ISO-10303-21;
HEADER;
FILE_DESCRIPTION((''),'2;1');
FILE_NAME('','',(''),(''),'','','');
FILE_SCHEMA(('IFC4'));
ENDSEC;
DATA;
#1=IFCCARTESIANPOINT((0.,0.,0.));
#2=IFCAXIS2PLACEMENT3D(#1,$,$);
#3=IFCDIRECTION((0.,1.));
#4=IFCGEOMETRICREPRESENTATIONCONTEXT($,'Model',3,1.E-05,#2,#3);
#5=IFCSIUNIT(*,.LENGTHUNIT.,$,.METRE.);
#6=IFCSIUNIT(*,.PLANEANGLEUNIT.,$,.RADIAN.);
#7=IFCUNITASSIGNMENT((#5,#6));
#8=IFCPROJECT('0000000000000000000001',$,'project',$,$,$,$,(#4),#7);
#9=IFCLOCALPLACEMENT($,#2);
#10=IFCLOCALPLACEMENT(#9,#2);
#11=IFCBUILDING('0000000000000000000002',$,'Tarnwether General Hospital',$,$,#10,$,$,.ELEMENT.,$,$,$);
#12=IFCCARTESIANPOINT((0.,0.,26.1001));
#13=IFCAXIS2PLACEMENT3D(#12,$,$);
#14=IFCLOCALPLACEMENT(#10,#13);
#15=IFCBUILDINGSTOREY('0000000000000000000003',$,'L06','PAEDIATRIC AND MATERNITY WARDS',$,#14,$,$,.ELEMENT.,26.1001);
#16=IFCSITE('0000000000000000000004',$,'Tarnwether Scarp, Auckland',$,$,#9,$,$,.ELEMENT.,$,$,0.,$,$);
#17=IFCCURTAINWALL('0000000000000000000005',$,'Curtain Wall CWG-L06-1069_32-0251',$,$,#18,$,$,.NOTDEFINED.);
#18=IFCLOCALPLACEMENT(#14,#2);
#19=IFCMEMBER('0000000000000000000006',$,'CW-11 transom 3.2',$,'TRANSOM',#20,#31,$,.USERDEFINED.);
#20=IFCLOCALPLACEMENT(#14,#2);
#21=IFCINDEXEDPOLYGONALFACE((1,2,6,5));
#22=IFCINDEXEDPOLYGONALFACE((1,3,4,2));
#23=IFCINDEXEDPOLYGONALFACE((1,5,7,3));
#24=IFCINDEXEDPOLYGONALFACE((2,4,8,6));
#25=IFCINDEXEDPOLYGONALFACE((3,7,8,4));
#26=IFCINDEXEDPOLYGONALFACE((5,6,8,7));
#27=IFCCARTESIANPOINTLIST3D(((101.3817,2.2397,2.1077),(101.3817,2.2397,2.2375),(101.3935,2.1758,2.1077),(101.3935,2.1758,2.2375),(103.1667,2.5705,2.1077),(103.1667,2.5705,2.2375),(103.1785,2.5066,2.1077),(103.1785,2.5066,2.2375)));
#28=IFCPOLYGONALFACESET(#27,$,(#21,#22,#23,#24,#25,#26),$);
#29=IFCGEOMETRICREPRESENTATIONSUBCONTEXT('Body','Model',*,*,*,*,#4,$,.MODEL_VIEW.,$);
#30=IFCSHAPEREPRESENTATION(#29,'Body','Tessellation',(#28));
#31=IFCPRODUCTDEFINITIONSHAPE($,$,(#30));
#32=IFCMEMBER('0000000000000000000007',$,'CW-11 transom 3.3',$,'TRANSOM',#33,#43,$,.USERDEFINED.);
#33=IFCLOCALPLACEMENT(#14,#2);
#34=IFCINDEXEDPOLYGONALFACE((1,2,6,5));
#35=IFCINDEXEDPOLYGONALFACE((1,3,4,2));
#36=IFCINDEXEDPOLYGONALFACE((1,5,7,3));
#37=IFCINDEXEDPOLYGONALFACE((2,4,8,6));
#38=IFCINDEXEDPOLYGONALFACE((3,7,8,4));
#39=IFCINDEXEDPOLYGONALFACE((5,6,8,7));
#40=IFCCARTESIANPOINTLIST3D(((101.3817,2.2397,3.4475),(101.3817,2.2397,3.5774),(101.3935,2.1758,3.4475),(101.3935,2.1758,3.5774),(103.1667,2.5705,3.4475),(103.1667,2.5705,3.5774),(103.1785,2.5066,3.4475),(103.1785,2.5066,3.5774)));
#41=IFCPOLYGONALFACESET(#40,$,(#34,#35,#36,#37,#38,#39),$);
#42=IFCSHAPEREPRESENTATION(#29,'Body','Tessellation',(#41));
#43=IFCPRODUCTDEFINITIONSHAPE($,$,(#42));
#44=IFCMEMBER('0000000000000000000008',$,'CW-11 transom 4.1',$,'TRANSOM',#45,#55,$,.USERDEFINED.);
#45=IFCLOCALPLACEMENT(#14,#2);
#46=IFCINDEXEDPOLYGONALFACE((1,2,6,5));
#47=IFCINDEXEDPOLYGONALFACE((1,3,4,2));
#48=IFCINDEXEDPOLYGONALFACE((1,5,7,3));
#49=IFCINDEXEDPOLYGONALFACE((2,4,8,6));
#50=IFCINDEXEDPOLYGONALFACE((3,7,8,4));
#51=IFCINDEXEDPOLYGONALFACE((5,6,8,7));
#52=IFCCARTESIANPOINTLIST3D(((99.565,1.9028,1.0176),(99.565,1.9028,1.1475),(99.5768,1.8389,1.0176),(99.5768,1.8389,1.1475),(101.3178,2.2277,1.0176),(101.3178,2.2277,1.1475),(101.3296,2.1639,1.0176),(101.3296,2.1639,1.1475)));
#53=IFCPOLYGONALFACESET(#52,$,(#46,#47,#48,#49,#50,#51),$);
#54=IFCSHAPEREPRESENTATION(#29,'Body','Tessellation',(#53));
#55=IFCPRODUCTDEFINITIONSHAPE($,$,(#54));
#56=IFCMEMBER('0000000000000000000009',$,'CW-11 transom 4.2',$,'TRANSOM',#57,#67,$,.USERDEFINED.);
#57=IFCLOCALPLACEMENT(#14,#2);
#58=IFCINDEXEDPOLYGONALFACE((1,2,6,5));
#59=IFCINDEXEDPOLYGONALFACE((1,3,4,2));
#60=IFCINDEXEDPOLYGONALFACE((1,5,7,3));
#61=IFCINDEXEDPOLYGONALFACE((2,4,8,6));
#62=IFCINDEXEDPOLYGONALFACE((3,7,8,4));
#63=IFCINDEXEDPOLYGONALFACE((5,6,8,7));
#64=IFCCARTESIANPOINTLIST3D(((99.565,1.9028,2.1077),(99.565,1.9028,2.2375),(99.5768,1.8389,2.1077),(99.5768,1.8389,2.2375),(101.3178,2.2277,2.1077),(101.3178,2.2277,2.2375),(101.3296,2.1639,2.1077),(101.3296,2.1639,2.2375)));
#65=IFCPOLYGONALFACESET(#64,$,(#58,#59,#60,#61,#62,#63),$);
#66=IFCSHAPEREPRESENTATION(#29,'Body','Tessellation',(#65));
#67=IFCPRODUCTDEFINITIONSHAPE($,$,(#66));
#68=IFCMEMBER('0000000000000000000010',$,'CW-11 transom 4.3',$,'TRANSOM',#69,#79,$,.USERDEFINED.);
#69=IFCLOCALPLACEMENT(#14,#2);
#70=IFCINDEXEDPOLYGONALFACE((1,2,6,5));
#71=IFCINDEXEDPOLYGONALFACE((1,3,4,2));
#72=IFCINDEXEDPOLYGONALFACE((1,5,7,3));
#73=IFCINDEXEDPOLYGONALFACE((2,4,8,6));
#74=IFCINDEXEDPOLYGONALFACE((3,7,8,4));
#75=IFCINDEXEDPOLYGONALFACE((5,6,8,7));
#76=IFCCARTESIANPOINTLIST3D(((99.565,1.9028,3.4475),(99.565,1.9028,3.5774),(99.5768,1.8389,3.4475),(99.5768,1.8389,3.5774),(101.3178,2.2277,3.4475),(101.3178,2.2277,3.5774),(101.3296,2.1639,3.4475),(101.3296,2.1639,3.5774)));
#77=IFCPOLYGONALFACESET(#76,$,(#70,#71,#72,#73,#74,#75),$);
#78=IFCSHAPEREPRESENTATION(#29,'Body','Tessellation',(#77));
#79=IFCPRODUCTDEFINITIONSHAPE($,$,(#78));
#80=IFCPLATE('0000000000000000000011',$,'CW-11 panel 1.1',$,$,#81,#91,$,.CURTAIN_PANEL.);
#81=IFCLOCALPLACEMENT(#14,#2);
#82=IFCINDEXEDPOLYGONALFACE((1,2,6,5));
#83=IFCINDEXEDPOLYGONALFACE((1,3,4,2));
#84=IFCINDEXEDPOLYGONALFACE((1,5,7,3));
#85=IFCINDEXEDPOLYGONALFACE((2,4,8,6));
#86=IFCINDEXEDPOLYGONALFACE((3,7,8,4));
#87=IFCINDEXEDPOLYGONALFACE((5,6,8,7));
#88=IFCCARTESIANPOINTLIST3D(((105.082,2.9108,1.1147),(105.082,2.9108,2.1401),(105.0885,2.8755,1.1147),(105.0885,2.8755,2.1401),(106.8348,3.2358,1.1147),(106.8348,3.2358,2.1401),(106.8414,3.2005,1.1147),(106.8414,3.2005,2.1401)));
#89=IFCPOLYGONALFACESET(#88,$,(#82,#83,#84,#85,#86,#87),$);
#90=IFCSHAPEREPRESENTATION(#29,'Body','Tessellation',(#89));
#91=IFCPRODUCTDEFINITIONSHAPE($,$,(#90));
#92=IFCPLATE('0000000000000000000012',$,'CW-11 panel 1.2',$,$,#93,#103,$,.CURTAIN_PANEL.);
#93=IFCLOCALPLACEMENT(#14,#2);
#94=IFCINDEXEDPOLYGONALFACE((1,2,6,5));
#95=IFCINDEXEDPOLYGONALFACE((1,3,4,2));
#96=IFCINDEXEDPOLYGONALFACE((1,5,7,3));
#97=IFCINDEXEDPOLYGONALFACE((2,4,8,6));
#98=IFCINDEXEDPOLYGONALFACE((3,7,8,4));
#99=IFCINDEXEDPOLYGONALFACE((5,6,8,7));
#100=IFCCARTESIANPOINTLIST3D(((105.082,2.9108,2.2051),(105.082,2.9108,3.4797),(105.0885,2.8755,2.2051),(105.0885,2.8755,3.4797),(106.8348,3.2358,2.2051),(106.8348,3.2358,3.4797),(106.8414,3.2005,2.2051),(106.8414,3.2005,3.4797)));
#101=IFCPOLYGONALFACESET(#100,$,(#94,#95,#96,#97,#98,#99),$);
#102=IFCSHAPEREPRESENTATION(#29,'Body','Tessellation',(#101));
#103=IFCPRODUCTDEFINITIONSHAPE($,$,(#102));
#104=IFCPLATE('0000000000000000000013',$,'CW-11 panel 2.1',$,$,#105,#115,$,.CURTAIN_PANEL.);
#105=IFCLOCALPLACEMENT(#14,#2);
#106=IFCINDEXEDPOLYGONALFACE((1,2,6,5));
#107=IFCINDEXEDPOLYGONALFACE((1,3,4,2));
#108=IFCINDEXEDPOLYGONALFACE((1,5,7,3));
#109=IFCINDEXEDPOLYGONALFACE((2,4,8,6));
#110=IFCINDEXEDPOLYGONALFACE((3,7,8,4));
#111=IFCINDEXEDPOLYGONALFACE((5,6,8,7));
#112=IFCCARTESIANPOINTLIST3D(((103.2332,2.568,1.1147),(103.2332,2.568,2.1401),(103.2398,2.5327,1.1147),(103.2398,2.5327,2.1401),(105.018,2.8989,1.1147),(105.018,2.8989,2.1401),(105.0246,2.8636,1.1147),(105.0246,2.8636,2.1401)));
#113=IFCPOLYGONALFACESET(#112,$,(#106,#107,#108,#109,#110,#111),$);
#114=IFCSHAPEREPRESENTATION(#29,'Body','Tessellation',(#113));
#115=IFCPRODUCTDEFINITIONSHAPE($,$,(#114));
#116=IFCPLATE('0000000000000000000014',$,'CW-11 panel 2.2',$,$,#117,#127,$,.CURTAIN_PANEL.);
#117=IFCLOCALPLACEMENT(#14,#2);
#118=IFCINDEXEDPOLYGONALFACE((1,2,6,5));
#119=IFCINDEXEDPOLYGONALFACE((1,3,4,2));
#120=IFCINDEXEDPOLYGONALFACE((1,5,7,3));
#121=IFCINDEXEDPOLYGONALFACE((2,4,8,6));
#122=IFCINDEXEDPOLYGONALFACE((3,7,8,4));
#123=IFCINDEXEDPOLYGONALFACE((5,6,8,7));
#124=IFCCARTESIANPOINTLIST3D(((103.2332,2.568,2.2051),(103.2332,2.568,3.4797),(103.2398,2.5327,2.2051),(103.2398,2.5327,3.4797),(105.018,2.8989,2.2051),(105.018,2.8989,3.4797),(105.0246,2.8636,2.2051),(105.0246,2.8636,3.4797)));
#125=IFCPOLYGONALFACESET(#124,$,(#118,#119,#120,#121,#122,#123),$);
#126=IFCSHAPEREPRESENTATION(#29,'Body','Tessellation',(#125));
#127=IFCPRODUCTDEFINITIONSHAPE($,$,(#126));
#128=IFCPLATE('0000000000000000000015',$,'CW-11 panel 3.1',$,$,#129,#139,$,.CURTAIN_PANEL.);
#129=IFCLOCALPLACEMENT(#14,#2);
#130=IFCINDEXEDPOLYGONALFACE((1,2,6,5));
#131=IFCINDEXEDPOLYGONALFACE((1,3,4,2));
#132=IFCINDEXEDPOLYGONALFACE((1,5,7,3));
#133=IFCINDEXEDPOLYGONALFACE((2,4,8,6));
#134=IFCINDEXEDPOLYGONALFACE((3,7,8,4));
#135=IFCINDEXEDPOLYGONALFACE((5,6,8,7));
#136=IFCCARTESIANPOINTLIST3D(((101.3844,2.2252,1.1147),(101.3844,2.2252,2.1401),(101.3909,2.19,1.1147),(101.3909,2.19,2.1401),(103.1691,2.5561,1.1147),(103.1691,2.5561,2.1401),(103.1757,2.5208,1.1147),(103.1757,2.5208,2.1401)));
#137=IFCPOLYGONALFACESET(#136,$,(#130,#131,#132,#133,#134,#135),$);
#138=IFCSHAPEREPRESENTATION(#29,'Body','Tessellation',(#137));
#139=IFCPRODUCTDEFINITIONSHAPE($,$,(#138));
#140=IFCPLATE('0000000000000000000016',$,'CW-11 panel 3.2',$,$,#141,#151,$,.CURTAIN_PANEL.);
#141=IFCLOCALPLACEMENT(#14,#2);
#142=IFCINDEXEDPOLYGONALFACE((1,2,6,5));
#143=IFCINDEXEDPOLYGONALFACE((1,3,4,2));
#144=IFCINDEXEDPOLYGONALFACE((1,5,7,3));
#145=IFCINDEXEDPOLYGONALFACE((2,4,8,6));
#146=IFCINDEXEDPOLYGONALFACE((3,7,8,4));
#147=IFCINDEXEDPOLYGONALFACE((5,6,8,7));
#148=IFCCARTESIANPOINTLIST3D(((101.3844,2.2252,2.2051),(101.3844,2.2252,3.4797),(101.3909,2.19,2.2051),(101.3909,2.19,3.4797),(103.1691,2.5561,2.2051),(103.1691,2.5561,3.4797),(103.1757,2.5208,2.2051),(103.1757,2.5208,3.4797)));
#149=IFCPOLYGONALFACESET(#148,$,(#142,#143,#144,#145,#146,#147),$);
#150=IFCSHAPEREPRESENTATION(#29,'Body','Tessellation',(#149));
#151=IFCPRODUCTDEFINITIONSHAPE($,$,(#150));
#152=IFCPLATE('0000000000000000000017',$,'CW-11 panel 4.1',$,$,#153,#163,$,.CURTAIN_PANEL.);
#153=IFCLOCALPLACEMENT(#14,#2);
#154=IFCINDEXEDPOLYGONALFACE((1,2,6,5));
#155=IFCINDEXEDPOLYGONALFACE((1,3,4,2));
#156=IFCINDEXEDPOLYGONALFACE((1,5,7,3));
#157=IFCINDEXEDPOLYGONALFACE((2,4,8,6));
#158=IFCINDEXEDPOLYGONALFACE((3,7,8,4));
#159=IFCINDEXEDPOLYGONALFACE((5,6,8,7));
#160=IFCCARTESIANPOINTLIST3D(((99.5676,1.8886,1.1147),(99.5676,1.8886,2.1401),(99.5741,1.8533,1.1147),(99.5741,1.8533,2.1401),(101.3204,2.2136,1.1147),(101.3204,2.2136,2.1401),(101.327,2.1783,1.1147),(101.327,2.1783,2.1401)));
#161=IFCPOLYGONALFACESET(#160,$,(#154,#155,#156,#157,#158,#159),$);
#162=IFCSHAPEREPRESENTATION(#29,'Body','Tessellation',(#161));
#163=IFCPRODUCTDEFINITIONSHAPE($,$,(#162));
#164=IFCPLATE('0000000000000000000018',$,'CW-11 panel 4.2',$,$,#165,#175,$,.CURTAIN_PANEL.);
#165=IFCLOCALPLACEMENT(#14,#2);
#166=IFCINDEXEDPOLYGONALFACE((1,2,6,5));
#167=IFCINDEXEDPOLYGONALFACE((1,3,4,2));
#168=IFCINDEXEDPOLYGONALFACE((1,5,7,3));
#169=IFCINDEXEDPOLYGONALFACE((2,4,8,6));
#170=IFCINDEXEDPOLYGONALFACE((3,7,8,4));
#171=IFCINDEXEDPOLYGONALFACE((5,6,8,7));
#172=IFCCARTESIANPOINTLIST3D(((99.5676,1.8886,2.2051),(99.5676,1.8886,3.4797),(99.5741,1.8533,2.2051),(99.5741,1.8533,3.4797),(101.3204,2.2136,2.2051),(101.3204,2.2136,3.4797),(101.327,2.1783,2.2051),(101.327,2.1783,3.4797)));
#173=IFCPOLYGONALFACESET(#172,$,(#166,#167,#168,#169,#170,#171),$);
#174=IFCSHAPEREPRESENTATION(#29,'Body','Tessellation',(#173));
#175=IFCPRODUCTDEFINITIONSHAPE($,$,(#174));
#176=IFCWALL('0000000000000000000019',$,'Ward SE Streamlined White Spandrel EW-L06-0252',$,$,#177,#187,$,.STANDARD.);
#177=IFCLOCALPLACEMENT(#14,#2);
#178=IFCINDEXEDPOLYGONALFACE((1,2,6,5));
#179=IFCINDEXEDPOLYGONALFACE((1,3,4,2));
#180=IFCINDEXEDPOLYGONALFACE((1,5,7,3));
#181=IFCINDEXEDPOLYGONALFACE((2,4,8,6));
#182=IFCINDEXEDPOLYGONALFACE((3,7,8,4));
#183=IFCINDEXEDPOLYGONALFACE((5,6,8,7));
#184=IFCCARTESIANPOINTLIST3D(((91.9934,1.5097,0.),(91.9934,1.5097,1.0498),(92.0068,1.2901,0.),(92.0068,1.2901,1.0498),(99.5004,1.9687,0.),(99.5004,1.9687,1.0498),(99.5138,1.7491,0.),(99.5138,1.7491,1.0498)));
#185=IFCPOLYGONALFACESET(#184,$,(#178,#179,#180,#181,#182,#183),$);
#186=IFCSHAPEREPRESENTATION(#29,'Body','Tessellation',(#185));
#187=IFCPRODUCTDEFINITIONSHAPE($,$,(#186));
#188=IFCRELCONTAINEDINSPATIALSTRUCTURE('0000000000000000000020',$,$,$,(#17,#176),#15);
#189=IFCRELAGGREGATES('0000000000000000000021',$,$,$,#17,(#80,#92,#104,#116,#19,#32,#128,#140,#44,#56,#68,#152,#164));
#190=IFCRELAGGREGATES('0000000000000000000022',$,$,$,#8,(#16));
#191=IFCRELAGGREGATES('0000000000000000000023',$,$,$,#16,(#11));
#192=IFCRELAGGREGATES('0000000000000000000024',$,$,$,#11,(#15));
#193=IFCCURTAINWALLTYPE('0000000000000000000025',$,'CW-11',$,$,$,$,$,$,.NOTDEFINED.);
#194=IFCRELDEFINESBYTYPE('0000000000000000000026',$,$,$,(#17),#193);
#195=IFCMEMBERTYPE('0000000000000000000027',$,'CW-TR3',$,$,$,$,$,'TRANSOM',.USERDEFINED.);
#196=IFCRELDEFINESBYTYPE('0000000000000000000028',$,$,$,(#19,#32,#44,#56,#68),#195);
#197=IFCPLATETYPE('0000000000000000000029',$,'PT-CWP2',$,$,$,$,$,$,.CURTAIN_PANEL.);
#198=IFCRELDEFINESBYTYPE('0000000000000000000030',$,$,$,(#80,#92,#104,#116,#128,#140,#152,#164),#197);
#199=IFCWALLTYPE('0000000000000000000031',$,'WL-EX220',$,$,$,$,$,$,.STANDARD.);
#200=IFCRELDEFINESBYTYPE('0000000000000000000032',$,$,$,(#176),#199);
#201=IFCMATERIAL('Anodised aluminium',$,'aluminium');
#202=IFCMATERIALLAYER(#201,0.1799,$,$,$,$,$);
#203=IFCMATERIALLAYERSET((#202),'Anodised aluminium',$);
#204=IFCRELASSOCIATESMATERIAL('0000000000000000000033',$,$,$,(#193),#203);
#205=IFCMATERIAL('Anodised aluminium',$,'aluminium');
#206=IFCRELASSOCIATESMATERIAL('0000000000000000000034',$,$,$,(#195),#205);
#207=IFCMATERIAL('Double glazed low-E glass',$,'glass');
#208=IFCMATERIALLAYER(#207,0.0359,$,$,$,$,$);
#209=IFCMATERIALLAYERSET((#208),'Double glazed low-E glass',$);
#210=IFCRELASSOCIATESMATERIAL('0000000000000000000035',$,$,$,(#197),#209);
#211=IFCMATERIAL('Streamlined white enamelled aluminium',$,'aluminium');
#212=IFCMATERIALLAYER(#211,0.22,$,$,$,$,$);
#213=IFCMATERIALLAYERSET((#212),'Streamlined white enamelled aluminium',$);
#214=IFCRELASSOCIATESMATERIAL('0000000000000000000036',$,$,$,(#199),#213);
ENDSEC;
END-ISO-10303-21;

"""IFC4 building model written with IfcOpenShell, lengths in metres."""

from ifc_helpers import new_model, si_unit, direction, frame, frame_2d, origin, origin_2d, place, context, subcontext, project, spatial, rectangle, extrude, material, layer, layer_set, material_profile, profile_set, type_object, element, aggregate, save


model = new_model("IFC4")

# Units and contexts
model_context = context("Model", 3, precision=1e-05, world=origin(), true_north=direction((0.0, 1.0)))
body_context = subcontext(model_context, "Body", "Model", "MODEL_VIEW")
ifc_project = project(units=[si_unit("LENGTHUNIT", "METRE"), si_unit("PLANEANGLEUNIT", "RADIAN")], contexts=[model_context])

# Site, building, storey
site_placement = place(None, origin())
site = spatial("IfcSite", under=ifc_project, at=site_placement, Name="Tarnwether Scarp, Auckland", CompositionType="ELEMENT", RefElevation=0.0)
building_placement = place(site_placement, origin())
building = spatial("IfcBuilding", under=site, at=building_placement, Name="Tarnwether General Hospital", CompositionType="ELEMENT")
storey_placement = place(building_placement, frame((0.0, 0.0, 26.1001)))
storey = spatial("IfcBuildingStorey", under=building, at=storey_placement, Name="L06", Description="PAEDIATRIC AND MATERNITY WARDS", CompositionType="ELEMENT", Elevation=26.1001)

# Shared definitions
ifc_material_1 = material(Name="Anodised aluminium", Category="aluminium")
ifc_layer_1 = layer(ifc_material_1, 0.1799)
ifc_layer_set_1 = layer_set([ifc_layer_1], Name="Anodised aluminium")
curtain_wall_type = type_object("IfcCurtainWallType", Name="CW-11", PredefinedType="NOTDEFINED", material=ifc_layer_set_1)

# Curtain wall
curtain_wall_1_placement = place(storey_placement, origin())
curtain_wall_1 = element("IfcCurtainWall", 1, at=curtain_wall_1_placement, inside=storey, type_object=curtain_wall_type, Name="Curtain Wall CWG-L06-1069_32-0251", PredefinedType="NOTDEFINED")

# Members
ifc_material_2 = material(Name="Anodised aluminium", Category="aluminium")
ifc_material_profile_1 = material_profile(ifc_material_2, rectangle(XDim=0.0649, YDim=0.1299, at=origin_2d()), Name="ALU-TRN-65x130")
ifc_profile_set_1 = profile_set([ifc_material_profile_1], Name="Anodised aluminium")
member_type_1 = type_object("IfcMemberType", Name="CW-TR3", ElementType="TRANSOM", PredefinedType="USERDEFINED", material=ifc_profile_set_1)
member_1_placement = place(storey_placement, frame((103.1726, 2.5386, 2.1726), z_axis=(-0.983255, -0.182234, 0.0), x_axis=(0.182234, -0.983255, 0.0)))
member_1 = element("IfcMember", 2, at=member_1_placement, type_object=member_type_1, Name="CW-11 transom 3.2", ObjectType="TRANSOM", PredefinedType="USERDEFINED", context=body_context, shape_type="SweptSolid", body=[
    extrude(rectangle(XDim=0.0649, YDim=0.1299, at=origin_2d()), origin(), (0.0, 0.0, 1.0), 1.8154),
])
member_2_placement = place(storey_placement, frame((103.1726, 2.5386, 3.5125), z_axis=(-0.983255, -0.182234, 0.0), x_axis=(0.182234, -0.983255, 0.0)))
member_2 = element("IfcMember", 3, at=member_2_placement, type_object=member_type_1, Name="CW-11 transom 3.3", ObjectType="TRANSOM", PredefinedType="USERDEFINED", context=body_context, shape_type="SweptSolid", body=[
    extrude(rectangle(XDim=0.0649, YDim=0.1299, at=origin_2d()), origin(), (0.0, 0.0, 1.0), 1.8154),
])
member_3_placement = place(storey_placement, frame((101.3237, 2.1958, 1.0825), z_axis=(-0.983248, -0.182271, 0.0), x_axis=(0.182271, -0.983248, 0.0)))
member_3 = element("IfcMember", 4, at=member_3_placement, type_object=member_type_1, Name="CW-11 transom 4.1", ObjectType="TRANSOM", PredefinedType="USERDEFINED", context=body_context, shape_type="SweptSolid", body=[
    extrude(rectangle(XDim=0.0649, YDim=0.1299, at=origin_2d()), origin(), (0.0, 0.0, 1.0), 1.7827),
])
member_4_placement = place(storey_placement, frame((101.3237, 2.1958, 2.1726), z_axis=(-0.983248, -0.182271, 0.0), x_axis=(0.182271, -0.983248, 0.0)))
member_4 = element("IfcMember", 5, at=member_4_placement, type_object=member_type_1, Name="CW-11 transom 4.2", ObjectType="TRANSOM", PredefinedType="USERDEFINED", context=body_context, shape_type="SweptSolid", body=[
    extrude(rectangle(XDim=0.0649, YDim=0.1299, at=origin_2d()), origin(), (0.0, 0.0, 1.0), 1.7827),
])
member_5_placement = place(storey_placement, frame((101.3237, 2.1958, 3.5125), z_axis=(-0.983248, -0.182271, 0.0), x_axis=(0.182271, -0.983248, 0.0)))
member_5 = element("IfcMember", 6, at=member_5_placement, type_object=member_type_1, Name="CW-11 transom 4.3", ObjectType="TRANSOM", PredefinedType="USERDEFINED", context=body_context, shape_type="SweptSolid", body=[
    extrude(rectangle(XDim=0.0649, YDim=0.1299, at=origin_2d()), origin(), (0.0, 0.0, 1.0), 1.7827),
])

# Plates
ifc_material_3 = material(Name="Double glazed low-E glass", Category="glass")
ifc_layer_2 = layer(ifc_material_3, 0.0359)
ifc_layer_set_2 = layer_set([ifc_layer_2], Name="Double glazed low-E glass")
plate_type = type_object("IfcPlateType", Name="PT-CWP2", PredefinedType="CURTAIN_PANEL", material=ifc_layer_set_2)
plate_1_placement = place(storey_placement, frame((105.9617, 3.0557, 1.1147), z_axis=(0.0, 0.0, 1.0), x_axis=(-0.983245, -0.182289, 0.0)))
plate_1 = element("IfcPlate", 7, at=plate_1_placement, type_object=plate_type, Name="CW-11 panel 1.1", PredefinedType="CURTAIN_PANEL", context=body_context, shape_type="SweptSolid", body=[
    extrude(rectangle(XDim=1.7827, YDim=0.0359, at=origin_2d()), origin(), (0.0, 0.0, 1.0), 1.0254),
])
plate_2_placement = place(storey_placement, frame((105.9617, 3.0557, 2.2051), z_axis=(0.0, 0.0, 1.0), x_axis=(-0.983245, -0.182289, 0.0)))
plate_2 = element("IfcPlate", 8, at=plate_2_placement, type_object=plate_type, Name="CW-11 panel 1.2", PredefinedType="CURTAIN_PANEL", context=body_context, shape_type="SweptSolid", body=[
    extrude(rectangle(XDim=1.7827, YDim=0.0359, at=origin_2d()), origin(), (0.0, 0.0, 1.0), 1.2747),
])
plate_3_placement = place(storey_placement, frame((104.1289, 2.7158, 1.1147), z_axis=(0.0, 0.0, 1.0), x_axis=(-0.983245, -0.182289, 0.0)))
plate_3 = element("IfcPlate", 9, at=plate_3_placement, type_object=plate_type, Name="CW-11 panel 2.1", PredefinedType="CURTAIN_PANEL", context=body_context, shape_type="SweptSolid", body=[
    extrude(rectangle(XDim=1.8152, YDim=0.0359, at=origin_2d()), origin(), (0.0, 0.0, 1.0), 1.0254),
])
plate_4_placement = place(storey_placement, frame((104.1289, 2.7158, 2.2051), z_axis=(0.0, 0.0, 1.0), x_axis=(-0.983245, -0.182289, 0.0)))
plate_4 = element("IfcPlate", 10, at=plate_4_placement, type_object=plate_type, Name="CW-11 panel 2.2", PredefinedType="CURTAIN_PANEL", context=body_context, shape_type="SweptSolid", body=[
    extrude(rectangle(XDim=1.8152, YDim=0.0359, at=origin_2d()), origin(), (0.0, 0.0, 1.0), 1.2747),
])
plate_5_placement = place(storey_placement, frame((102.28, 2.373, 1.1147), z_axis=(0.0, 0.0, 1.0), x_axis=(-0.983245, -0.182289, 0.0)))
plate_5 = element("IfcPlate", 11, at=plate_5_placement, type_object=plate_type, Name="CW-11 panel 3.1", PredefinedType="CURTAIN_PANEL", context=body_context, shape_type="SweptSolid", body=[
    extrude(rectangle(XDim=1.8152, YDim=0.0359, at=origin_2d()), origin(), (0.0, 0.0, 1.0), 1.0254),
])
plate_6_placement = place(storey_placement, frame((102.28, 2.373, 2.2051), z_axis=(0.0, 0.0, 1.0), x_axis=(-0.983245, -0.182289, 0.0)))
plate_6 = element("IfcPlate", 12, at=plate_6_placement, type_object=plate_type, Name="CW-11 panel 3.2", PredefinedType="CURTAIN_PANEL", context=body_context, shape_type="SweptSolid", body=[
    extrude(rectangle(XDim=1.8152, YDim=0.0359, at=origin_2d()), origin(), (0.0, 0.0, 1.0), 1.2747),
])
plate_7_placement = place(storey_placement, frame((100.4473, 2.0334, 1.1147), z_axis=(0.0, 0.0, 1.0), x_axis=(-0.983245, -0.182289, 0.0)))
plate_7 = element("IfcPlate", 13, at=plate_7_placement, type_object=plate_type, Name="CW-11 panel 4.1", PredefinedType="CURTAIN_PANEL", context=body_context, shape_type="SweptSolid", body=[
    extrude(rectangle(XDim=1.7827, YDim=0.0359, at=origin_2d()), origin(), (0.0, 0.0, 1.0), 1.0254),
])
plate_8_placement = place(storey_placement, frame((100.4473, 2.0334, 2.2051), z_axis=(0.0, 0.0, 1.0), x_axis=(-0.983245, -0.182289, 0.0)))
plate_8 = element("IfcPlate", 14, at=plate_8_placement, type_object=plate_type, Name="CW-11 panel 4.2", PredefinedType="CURTAIN_PANEL", context=body_context, shape_type="SweptSolid", body=[
    extrude(rectangle(XDim=1.7827, YDim=0.0359, at=origin_2d()), origin(), (0.0, 0.0, 1.0), 1.2747),
])
aggregate(curtain_wall_1, [plate_1, plate_2, plate_3, plate_4, member_1, member_2, plate_5, plate_6, member_3, member_4, member_5, plate_7, plate_8])

# Wall
ifc_material_4 = material(Name="Streamlined white enamelled aluminium", Category="aluminium")
ifc_layer_3 = layer(ifc_material_4, 0.22)
ifc_layer_set_3 = layer_set([ifc_layer_3], Name="Streamlined white enamelled aluminium")
wall_type = type_object("IfcWallType", Name="WL-EX220", PredefinedType="STANDARD", material=ifc_layer_set_3)
wall_placement = place(storey_placement, frame((99.5071, 1.8589, 0.0), z_axis=(0.0, 0.0, 1.0), x_axis=(-0.998136, -0.061026, 0.0)))
element("IfcWall", 15, at=wall_placement, inside=storey, type_object=wall_type, Name="Ward SE Streamlined White Spandrel EW-L06-0252", PredefinedType="STANDARD", context=body_context, shape_type="SweptSolid", body=[
    extrude(rectangle(XDim=7.521, YDim=0.22, at=frame_2d((3.7605, 0.0))), origin(), (0.0, 0.0, 1.0), 1.0498),
])

save(model, "model.ifc")
